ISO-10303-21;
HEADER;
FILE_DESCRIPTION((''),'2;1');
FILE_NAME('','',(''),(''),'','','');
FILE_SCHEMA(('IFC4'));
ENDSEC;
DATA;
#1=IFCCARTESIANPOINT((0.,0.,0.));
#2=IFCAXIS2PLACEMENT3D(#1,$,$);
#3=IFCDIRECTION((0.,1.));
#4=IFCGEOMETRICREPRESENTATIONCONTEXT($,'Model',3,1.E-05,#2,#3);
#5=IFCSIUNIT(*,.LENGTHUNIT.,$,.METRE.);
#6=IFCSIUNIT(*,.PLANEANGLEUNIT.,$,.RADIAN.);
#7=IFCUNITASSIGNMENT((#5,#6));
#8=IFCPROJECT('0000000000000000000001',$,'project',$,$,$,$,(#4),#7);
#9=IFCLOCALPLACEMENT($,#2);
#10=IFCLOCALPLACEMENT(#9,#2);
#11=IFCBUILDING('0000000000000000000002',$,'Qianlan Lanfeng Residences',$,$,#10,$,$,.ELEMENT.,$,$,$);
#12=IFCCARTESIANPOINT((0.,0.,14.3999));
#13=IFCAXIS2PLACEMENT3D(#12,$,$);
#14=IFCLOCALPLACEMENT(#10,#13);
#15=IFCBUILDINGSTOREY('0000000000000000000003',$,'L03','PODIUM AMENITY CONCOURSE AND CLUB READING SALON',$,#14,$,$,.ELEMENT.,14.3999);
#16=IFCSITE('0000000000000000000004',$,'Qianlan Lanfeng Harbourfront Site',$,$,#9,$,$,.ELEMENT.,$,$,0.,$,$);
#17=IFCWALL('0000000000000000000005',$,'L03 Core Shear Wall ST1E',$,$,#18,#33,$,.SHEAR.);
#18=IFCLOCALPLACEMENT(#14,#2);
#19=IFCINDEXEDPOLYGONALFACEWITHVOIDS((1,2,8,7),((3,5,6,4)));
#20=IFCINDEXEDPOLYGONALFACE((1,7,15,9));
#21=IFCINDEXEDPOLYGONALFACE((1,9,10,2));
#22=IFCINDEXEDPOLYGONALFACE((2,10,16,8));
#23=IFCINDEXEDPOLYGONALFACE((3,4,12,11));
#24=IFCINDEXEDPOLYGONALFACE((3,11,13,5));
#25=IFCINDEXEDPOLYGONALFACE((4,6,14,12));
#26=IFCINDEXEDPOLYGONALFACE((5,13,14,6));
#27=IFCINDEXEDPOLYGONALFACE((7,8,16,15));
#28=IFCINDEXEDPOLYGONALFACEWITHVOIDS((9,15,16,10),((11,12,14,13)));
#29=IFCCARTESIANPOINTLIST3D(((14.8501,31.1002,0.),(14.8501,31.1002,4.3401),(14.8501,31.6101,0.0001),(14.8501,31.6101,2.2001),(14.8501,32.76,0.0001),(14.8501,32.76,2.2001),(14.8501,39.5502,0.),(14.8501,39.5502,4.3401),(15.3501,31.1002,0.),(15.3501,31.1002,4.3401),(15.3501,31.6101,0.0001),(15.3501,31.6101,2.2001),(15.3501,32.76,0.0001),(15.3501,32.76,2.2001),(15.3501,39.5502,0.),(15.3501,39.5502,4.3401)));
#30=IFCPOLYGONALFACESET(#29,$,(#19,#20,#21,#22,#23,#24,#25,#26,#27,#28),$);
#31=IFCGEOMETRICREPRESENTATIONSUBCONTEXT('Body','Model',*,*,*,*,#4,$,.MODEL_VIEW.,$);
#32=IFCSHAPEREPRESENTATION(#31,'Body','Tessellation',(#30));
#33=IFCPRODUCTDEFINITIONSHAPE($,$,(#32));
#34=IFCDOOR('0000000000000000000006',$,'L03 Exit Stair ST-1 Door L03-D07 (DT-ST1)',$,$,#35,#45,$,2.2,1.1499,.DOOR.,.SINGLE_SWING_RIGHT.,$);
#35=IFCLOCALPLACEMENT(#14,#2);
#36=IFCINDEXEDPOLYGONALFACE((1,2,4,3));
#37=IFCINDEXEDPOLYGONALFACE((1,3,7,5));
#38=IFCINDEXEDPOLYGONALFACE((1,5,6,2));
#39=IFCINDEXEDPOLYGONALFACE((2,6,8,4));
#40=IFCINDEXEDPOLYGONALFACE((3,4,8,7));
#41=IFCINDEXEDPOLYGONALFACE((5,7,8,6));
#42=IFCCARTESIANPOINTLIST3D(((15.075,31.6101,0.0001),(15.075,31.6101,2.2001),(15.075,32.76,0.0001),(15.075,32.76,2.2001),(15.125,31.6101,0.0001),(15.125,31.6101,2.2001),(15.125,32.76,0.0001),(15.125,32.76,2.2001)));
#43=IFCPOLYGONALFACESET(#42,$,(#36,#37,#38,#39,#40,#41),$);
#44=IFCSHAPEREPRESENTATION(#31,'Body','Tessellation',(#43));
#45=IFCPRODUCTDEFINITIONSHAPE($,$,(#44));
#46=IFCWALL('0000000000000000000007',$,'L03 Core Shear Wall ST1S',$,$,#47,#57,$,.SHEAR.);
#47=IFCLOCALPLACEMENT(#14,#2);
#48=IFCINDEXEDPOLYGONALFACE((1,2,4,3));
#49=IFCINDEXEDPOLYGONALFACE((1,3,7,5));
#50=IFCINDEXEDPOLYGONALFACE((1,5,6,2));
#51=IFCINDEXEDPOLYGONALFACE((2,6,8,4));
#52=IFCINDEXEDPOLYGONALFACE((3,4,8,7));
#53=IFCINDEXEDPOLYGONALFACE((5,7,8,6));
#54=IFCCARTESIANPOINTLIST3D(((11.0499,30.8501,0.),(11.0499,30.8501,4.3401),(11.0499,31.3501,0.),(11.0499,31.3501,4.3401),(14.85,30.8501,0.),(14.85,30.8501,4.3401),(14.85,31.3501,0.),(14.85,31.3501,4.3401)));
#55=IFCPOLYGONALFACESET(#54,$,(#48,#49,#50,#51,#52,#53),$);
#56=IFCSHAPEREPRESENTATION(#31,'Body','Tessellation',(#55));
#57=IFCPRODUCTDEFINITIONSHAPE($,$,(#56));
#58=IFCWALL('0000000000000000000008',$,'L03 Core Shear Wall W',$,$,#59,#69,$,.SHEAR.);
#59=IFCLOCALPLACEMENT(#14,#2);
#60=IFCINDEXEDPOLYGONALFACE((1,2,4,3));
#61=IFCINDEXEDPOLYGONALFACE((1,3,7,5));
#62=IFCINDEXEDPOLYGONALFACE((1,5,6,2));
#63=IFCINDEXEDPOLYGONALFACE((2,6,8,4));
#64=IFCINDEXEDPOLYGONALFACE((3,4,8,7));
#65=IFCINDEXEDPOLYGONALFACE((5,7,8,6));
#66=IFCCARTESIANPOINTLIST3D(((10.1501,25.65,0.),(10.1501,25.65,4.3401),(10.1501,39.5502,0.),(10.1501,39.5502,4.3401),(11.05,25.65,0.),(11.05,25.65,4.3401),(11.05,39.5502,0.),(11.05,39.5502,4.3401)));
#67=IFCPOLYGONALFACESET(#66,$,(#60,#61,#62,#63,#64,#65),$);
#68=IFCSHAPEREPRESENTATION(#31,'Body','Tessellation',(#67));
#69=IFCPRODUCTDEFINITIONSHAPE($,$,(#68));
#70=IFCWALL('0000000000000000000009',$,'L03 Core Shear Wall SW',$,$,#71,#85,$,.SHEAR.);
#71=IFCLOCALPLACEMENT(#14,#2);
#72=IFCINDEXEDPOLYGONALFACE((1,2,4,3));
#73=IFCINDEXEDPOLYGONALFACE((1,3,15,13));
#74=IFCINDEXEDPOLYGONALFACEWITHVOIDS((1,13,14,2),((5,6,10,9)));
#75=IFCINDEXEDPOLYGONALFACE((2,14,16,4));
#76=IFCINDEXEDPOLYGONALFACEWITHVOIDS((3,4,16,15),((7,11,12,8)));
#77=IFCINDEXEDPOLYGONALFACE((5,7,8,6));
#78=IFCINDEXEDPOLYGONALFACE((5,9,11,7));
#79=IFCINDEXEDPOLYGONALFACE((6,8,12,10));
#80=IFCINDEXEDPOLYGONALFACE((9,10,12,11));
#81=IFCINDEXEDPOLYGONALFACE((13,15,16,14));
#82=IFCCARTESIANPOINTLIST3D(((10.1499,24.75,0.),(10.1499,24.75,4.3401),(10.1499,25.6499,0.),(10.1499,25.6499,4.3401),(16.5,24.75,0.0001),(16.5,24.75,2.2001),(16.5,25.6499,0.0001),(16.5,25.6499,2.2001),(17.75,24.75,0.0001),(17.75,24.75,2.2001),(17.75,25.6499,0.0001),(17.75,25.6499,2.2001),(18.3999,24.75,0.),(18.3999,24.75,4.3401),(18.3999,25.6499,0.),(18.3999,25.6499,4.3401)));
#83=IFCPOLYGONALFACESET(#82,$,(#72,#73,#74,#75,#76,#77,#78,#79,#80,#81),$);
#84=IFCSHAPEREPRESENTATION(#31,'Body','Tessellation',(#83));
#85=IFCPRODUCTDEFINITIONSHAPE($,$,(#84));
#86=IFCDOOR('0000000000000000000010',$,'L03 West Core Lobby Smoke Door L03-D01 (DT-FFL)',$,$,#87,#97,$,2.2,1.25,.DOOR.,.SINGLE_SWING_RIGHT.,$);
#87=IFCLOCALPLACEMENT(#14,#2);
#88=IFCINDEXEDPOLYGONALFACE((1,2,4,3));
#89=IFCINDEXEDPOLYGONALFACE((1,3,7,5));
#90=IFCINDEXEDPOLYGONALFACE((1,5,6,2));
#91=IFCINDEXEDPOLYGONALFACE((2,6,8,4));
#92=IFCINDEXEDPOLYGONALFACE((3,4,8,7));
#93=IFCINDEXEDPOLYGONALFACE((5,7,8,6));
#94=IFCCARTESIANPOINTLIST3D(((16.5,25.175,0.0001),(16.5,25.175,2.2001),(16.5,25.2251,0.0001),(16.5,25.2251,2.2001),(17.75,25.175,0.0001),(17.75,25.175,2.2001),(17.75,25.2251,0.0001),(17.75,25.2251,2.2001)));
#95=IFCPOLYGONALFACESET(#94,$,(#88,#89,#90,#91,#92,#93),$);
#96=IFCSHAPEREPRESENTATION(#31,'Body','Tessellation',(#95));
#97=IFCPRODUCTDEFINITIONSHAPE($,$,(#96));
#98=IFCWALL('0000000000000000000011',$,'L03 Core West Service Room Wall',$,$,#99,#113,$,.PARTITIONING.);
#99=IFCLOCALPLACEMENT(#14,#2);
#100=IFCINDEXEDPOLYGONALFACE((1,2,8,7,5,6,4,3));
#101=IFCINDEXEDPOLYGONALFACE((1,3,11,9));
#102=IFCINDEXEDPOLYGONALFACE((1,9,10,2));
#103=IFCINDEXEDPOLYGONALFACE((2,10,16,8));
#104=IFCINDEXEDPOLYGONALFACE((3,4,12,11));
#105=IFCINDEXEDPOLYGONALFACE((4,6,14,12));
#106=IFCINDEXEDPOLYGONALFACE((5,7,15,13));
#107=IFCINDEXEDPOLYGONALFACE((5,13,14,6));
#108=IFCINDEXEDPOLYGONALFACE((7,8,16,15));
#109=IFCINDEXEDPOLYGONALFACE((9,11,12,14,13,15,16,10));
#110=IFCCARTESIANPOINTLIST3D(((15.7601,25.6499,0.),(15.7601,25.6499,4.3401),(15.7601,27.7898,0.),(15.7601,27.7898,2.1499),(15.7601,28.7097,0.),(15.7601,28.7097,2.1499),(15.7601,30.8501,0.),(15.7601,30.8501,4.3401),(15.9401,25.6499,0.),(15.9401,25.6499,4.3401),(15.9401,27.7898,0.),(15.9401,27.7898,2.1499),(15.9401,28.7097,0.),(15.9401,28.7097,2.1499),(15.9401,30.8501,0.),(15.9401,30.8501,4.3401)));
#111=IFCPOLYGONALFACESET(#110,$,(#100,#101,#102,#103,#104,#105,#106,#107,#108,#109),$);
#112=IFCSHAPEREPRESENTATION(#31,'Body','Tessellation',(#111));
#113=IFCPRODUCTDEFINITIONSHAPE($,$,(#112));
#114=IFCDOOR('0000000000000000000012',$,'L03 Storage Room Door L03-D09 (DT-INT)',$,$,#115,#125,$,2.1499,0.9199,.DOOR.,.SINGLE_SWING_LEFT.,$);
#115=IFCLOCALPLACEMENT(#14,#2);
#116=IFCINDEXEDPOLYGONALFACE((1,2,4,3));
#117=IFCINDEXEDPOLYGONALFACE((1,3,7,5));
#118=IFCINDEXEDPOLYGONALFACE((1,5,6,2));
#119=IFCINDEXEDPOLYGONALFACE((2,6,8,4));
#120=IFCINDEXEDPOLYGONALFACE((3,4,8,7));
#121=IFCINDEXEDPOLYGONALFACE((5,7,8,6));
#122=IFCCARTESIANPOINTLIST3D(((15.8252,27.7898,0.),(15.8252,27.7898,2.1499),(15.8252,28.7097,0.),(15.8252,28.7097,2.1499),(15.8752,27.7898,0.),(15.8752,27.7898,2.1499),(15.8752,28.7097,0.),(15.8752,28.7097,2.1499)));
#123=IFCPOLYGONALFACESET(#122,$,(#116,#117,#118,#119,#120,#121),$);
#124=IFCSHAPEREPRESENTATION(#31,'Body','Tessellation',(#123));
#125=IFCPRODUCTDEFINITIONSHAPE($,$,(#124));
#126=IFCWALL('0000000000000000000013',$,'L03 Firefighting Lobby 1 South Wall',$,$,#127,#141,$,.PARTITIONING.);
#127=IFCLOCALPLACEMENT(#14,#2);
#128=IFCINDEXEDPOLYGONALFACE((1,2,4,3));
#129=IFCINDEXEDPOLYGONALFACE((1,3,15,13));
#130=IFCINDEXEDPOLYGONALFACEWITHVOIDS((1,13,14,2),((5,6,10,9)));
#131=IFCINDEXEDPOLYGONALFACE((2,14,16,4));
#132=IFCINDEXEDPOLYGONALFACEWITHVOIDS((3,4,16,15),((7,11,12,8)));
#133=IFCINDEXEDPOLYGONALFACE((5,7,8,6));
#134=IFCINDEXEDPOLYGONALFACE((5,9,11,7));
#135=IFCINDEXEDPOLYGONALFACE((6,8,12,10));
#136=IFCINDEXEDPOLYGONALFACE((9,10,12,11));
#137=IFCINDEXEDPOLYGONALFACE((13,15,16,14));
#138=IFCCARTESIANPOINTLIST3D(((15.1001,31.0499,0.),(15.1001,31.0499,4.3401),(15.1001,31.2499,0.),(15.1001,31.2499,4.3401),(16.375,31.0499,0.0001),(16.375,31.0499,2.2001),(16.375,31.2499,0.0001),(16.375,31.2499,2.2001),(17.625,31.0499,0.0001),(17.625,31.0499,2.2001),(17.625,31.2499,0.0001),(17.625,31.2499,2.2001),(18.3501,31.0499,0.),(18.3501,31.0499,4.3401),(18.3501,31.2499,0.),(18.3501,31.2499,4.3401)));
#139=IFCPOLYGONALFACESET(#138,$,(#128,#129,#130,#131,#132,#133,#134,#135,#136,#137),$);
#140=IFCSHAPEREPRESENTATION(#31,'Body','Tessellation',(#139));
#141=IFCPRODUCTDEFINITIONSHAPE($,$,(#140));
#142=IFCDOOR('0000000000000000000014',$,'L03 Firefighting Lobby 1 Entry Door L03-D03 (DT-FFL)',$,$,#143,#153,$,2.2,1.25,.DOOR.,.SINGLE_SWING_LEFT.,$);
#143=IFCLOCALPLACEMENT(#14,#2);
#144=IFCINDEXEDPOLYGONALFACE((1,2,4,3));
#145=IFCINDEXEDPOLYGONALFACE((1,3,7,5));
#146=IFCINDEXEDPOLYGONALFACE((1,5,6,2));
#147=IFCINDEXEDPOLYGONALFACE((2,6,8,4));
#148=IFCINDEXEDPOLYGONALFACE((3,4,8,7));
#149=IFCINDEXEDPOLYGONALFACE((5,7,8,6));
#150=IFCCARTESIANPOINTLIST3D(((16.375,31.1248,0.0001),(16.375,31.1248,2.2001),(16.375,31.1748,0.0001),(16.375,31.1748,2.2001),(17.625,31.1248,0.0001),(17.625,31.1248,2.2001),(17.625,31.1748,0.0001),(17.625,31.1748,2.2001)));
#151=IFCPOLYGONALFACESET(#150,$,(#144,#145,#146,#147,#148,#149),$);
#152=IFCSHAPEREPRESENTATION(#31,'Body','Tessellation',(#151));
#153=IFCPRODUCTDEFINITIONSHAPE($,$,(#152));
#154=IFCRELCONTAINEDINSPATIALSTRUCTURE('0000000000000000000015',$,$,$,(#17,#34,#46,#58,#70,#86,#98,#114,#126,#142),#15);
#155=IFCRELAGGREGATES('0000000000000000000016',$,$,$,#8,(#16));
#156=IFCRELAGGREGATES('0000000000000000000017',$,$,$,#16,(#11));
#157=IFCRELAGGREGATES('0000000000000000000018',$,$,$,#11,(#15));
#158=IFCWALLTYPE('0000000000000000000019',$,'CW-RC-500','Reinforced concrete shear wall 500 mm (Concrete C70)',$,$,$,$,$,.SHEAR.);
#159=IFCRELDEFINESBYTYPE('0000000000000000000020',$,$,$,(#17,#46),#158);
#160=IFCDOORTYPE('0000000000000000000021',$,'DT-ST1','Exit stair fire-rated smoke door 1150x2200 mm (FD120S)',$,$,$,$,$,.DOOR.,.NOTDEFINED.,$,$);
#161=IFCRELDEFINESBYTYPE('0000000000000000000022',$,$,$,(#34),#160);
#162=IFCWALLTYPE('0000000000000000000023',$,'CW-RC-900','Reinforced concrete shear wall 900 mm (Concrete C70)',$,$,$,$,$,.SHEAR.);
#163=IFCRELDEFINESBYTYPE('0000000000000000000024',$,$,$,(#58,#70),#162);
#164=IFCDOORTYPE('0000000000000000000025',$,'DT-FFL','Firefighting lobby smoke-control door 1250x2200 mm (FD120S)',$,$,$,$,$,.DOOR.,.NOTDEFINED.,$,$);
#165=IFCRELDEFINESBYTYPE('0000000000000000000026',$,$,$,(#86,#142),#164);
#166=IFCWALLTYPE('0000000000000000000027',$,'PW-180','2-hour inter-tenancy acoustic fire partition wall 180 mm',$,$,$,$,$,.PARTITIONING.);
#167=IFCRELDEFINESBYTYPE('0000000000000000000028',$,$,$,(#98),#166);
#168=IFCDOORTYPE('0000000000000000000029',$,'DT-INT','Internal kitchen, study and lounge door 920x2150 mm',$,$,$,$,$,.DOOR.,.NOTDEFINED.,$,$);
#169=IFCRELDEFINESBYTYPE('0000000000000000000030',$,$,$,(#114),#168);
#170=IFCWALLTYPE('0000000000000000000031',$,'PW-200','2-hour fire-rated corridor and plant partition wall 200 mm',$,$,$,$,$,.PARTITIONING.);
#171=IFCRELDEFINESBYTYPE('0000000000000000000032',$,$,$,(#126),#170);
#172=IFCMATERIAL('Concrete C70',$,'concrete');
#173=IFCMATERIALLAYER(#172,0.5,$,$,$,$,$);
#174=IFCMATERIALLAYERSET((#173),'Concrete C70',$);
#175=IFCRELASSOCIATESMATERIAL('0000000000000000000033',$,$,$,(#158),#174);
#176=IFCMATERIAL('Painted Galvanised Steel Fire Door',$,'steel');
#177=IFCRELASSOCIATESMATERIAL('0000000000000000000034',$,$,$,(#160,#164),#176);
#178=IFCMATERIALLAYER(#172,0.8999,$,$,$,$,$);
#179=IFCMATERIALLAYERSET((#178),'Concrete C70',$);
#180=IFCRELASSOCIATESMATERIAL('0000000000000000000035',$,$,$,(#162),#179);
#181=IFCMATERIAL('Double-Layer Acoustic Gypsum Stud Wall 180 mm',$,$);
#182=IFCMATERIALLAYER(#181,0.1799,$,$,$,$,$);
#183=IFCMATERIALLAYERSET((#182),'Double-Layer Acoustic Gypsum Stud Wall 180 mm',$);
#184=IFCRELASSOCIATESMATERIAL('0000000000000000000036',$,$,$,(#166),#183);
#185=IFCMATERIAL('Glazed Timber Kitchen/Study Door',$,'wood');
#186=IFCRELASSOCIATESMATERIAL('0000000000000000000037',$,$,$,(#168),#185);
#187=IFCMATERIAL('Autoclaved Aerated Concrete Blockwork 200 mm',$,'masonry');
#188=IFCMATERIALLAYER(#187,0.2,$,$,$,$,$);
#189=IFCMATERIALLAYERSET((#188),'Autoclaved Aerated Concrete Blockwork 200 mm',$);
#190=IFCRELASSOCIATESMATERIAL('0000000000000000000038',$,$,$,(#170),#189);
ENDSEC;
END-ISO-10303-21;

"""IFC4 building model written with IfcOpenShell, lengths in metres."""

from ifc_helpers import new_model, si_unit, direction, frame, frame_2d, origin, place, context, subcontext, project, spatial, rectangle, extrude, material, layer, layer_set, type_object, element, fill, save


model = new_model("IFC4")

# Units and contexts
model_context = context("Model", 3, precision=1e-05, world=origin(), true_north=direction((0.0, 1.0)))
body_context = subcontext(model_context, "Body", "Model", "MODEL_VIEW")
ifc_project = project(units=[si_unit("LENGTHUNIT", "METRE"), si_unit("PLANEANGLEUNIT", "RADIAN")], contexts=[model_context])

# Site, building, storey
site_placement = place(None, origin())
site = spatial("IfcSite", under=ifc_project, at=site_placement, Name="Qianlan Lanfeng Harbourfront Site", CompositionType="ELEMENT", RefElevation=0.0)
building_placement = place(site_placement, origin())
building = spatial("IfcBuilding", under=site, at=building_placement, Name="Qianlan Lanfeng Residences", CompositionType="ELEMENT")
storey_placement = place(building_placement, frame((0.0, 0.0, 14.3999)))
storey = spatial("IfcBuildingStorey", under=building, at=storey_placement, Name="L03", Description="PODIUM AMENITY CONCOURSE AND CLUB READING SALON", CompositionType="ELEMENT", Elevation=14.3999)

# Wall, opening, door
ifc_material_1 = material(Name="Concrete C70", Category="concrete")
ifc_layer_1 = layer(ifc_material_1, 0.5)
ifc_layer_set_1 = layer_set([ifc_layer_1], Name="Concrete C70")
wall_type_1 = type_object("IfcWallType", Name="CW-RC-500", Description="Reinforced concrete shear wall 500 mm (Concrete C70)", PredefinedType="SHEAR", material=ifc_layer_set_1)
wall_1_placement = place(storey_placement, frame((15.1001, 31.1001, 0.0), z_axis=(0.0, 0.0, 1.0), x_axis=(0.0, 1.0, 0.0)))
wall_1 = element("IfcWall", 1, at=wall_1_placement, inside=storey, type_object=wall_type_1, Name="L03 Core Shear Wall ST1E", PredefinedType="SHEAR", context=body_context, shape_type="SweptSolid", body=[
    extrude(rectangle(XDim=8.45, YDim=0.5, at=frame_2d((4.2251, 0.0))), origin(), (0.0, 0.0, 1.0), 4.3401),
])
opening_1_placement = place(wall_1_placement, frame((0.51, 0.0, 0.0)))
opening_1 = element("IfcOpeningElement", 2, at=opening_1_placement, cuts=wall_1, PredefinedType="OPENING", context=body_context, shape_type="SweptSolid", body=[
    extrude(rectangle(XDim=1.1499, YDim=2.2, at=frame_2d((0.575, 1.1001))), frame((0.0, 0.26, 0.0), z_axis=(0.0, -1.0, 0.0), x_axis=(1.0, 0.0, 0.0)), (0.0, 0.0, 1.0), 0.52),
])
ifc_material_2 = material(Name="Painted Galvanised Steel Fire Door", Category="steel")
door_type_1 = type_object("IfcDoorType", Name="DT-ST1", Description="Exit stair fire-rated smoke door 1150x2200 mm (FD120S)", OperationType="NOTDEFINED", PredefinedType="DOOR", material=ifc_material_2)
door_1_placement = place(opening_1_placement, frame((1.1499, 0.0, 0.0), z_axis=(0.0, 0.0, 1.0), x_axis=(-1.0, 0.0, 0.0)))
door_1 = element("IfcDoor", 3, at=door_1_placement, inside=storey, type_object=door_type_1, Name="L03 Exit Stair ST-1 Door L03-D07 (DT-ST1)", OperationType="SINGLE_SWING_RIGHT", OverallHeight=2.2, OverallWidth=1.1499, PredefinedType="DOOR", context=body_context, shape_type="SweptSolid", body=[
    extrude(rectangle(XDim=1.1499, YDim=2.2, at=frame_2d((0.575, 1.1001))), frame((0.0, 0.0249, 0.0), z_axis=(0.0, -1.0, 0.0), x_axis=(1.0, 0.0, 0.0)), (0.0, 0.0, 1.0), 0.05),
])
fill(opening_1, door_1)

# Wall
wall_2_placement = place(storey_placement, frame((11.05, 31.1001, 0.0), z_axis=(0.0, 0.0, 1.0), x_axis=(1.0, 0.0, 0.0)))
element("IfcWall", 4, at=wall_2_placement, inside=storey, type_object=wall_type_1, Name="L03 Core Shear Wall ST1S", PredefinedType="SHEAR", context=body_context, shape_type="SweptSolid", body=[
    extrude(rectangle(XDim=3.8, YDim=0.5, at=frame_2d((1.8999, 0.0))), origin(), (0.0, 0.0, 1.0), 4.3401),
])

# Wall
ifc_layer_2 = layer(ifc_material_1, 0.8999)
ifc_layer_set_2 = layer_set([ifc_layer_2], Name="Concrete C70")
wall_type_2 = type_object("IfcWallType", Name="CW-RC-900", Description="Reinforced concrete shear wall 900 mm (Concrete C70)", PredefinedType="SHEAR", material=ifc_layer_set_2)
wall_3_placement = place(storey_placement, frame((10.6001, 25.6499, 0.0), z_axis=(0.0, 0.0, 1.0), x_axis=(0.0, 1.0, 0.0)))
element("IfcWall", 5, at=wall_3_placement, inside=storey, type_object=wall_type_2, Name="L03 Core Shear Wall W", PredefinedType="SHEAR", context=body_context, shape_type="SweptSolid", body=[
    extrude(rectangle(XDim=13.9001, YDim=0.8999, at=frame_2d((6.9502, 0.0))), origin(), (0.0, 0.0, 1.0), 4.3401),
])

# Walls, openings, doors
wall_4_placement = place(storey_placement, frame((10.1499, 25.2, 0.0), z_axis=(0.0, 0.0, 1.0), x_axis=(1.0, 0.0, 0.0)))
wall_4 = element("IfcWall", 6, at=wall_4_placement, inside=storey, type_object=wall_type_2, Name="L03 Core Shear Wall SW", PredefinedType="SHEAR", context=body_context, shape_type="SweptSolid", body=[
    extrude(rectangle(XDim=8.25, YDim=0.8999, at=frame_2d((4.125, 0.0))), origin(), (0.0, 0.0, 1.0), 4.3401),
])
opening_2_placement = place(wall_4_placement, frame((6.3501, 0.0, 0.0)))
opening_2 = element("IfcOpeningElement", 7, at=opening_2_placement, cuts=wall_4, PredefinedType="OPENING", context=body_context, shape_type="SweptSolid", body=[
    extrude(rectangle(XDim=1.25, YDim=2.2, at=frame_2d((0.625, 1.1001))), frame((0.0, 0.46, 0.0), z_axis=(0.0, -1.0, 0.0), x_axis=(1.0, 0.0, 0.0)), (0.0, 0.0, 1.0), 0.9199),
])
door_type_2 = type_object("IfcDoorType", Name="DT-FFL", Description="Firefighting lobby smoke-control door 1250x2200 mm (FD120S)", OperationType="NOTDEFINED", PredefinedType="DOOR", material=ifc_material_2)
door_2_placement = place(opening_2_placement, frame((1.25, 0.0, 0.0), z_axis=(0.0, 0.0, 1.0), x_axis=(-1.0, 0.0, 0.0)))
door_2 = element("IfcDoor", 8, at=door_2_placement, inside=storey, type_object=door_type_2, Name="L03 West Core Lobby Smoke Door L03-D01 (DT-FFL)", OperationType="SINGLE_SWING_RIGHT", OverallHeight=2.2, OverallWidth=1.25, PredefinedType="DOOR", context=body_context, shape_type="SweptSolid", body=[
    extrude(rectangle(XDim=1.25, YDim=2.2, at=frame_2d((0.625, 1.1001))), frame((0.0, 0.0249, 0.0), z_axis=(0.0, -1.0, 0.0), x_axis=(1.0, 0.0, 0.0)), (0.0, 0.0, 1.0), 0.05),
])
fill(opening_2, door_2)
ifc_material_3 = material(Name="Double-Layer Acoustic Gypsum Stud Wall 180 mm")
ifc_layer_3 = layer(ifc_material_3, 0.1799)
ifc_layer_set_3 = layer_set([ifc_layer_3], Name="Double-Layer Acoustic Gypsum Stud Wall 180 mm")
wall_type_3 = type_object("IfcWallType", Name="PW-180", Description="2-hour inter-tenancy acoustic fire partition wall 180 mm", PredefinedType="PARTITIONING", material=ifc_layer_set_3)
wall_5_placement = place(storey_placement, frame((15.8501, 25.6499, 0.0), z_axis=(0.0, 0.0, 1.0), x_axis=(0.0, 1.0, 0.0)))
wall_5 = element("IfcWall", 9, at=wall_5_placement, inside=storey, type_object=wall_type_3, Name="L03 Core West Service Room Wall", PredefinedType="PARTITIONING", context=body_context, shape_type="SweptSolid", body=[
    extrude(rectangle(XDim=5.2002, YDim=0.1799, at=frame_2d((2.6001, 0.0))), origin(), (0.0, 0.0, 1.0), 4.3401),
])
opening_3_placement = place(wall_5_placement, frame((2.1399, 0.0, 0.0)))
opening_3 = element("IfcOpeningElement", 10, at=opening_3_placement, cuts=wall_5, PredefinedType="OPENING", context=body_context, shape_type="SweptSolid", body=[
    extrude(rectangle(XDim=0.9199, YDim=2.1499, at=frame_2d((0.46, 1.075))), frame((0.0, 0.1001, 0.0), z_axis=(0.0, -1.0, 0.0), x_axis=(1.0, 0.0, 0.0)), (0.0, 0.0, 1.0), 0.2),
])
ifc_material_4 = material(Name="Glazed Timber Kitchen/Study Door", Category="wood")
door_type_3 = type_object("IfcDoorType", Name="DT-INT", Description="Internal kitchen, study and lounge door 920x2150 mm", OperationType="NOTDEFINED", PredefinedType="DOOR", material=ifc_material_4)
door_3_placement = place(opening_3_placement, origin())
door_3 = element("IfcDoor", 11, at=door_3_placement, inside=storey, type_object=door_type_3, Name="L03 Storage Room Door L03-D09 (DT-INT)", OperationType="SINGLE_SWING_LEFT", OverallHeight=2.1499, OverallWidth=0.9199, PredefinedType="DOOR", context=body_context, shape_type="SweptSolid", body=[
    extrude(rectangle(XDim=0.9199, YDim=2.1499, at=frame_2d((0.46, 1.075))), frame((0.0, 0.0249, 0.0), z_axis=(0.0, -1.0, 0.0), x_axis=(1.0, 0.0, 0.0)), (0.0, 0.0, 1.0), 0.05),
])
fill(opening_3, door_3)
ifc_material_5 = material(Name="Autoclaved Aerated Concrete Blockwork 200 mm", Category="masonry")
ifc_layer_4 = layer(ifc_material_5, 0.2)
ifc_layer_set_4 = layer_set([ifc_layer_4], Name="Autoclaved Aerated Concrete Blockwork 200 mm")
wall_type_4 = type_object("IfcWallType", Name="PW-200", Description="2-hour fire-rated corridor and plant partition wall 200 mm", PredefinedType="PARTITIONING", material=ifc_layer_set_4)
wall_6_placement = place(storey_placement, frame((15.1001, 31.1499, 0.0), z_axis=(0.0, 0.0, 1.0), x_axis=(1.0, 0.0, 0.0)))
wall_6 = element("IfcWall", 12, at=wall_6_placement, inside=storey, type_object=wall_type_4, Name="L03 Firefighting Lobby 1 South Wall", PredefinedType="PARTITIONING", context=body_context, shape_type="SweptSolid", body=[
    extrude(rectangle(XDim=3.25, YDim=0.2, at=frame_2d((1.625, 0.0))), origin(), (0.0, 0.0, 1.0), 4.3401),
])
opening_4_placement = place(wall_6_placement, frame((1.2749, 0.0, 0.0)))
opening_4 = element("IfcOpeningElement", 13, at=opening_4_placement, cuts=wall_6, PredefinedType="OPENING", context=body_context, shape_type="SweptSolid", body=[
    extrude(rectangle(XDim=1.25, YDim=2.2, at=frame_2d((0.625, 1.1001))), frame((0.0, 0.1099, 0.0), z_axis=(0.0, -1.0, 0.0), x_axis=(1.0, 0.0, 0.0)), (0.0, 0.0, 1.0), 0.22),
])
door_4_placement = place(opening_4_placement, origin())
door_4 = element("IfcDoor", 14, at=door_4_placement, inside=storey, type_object=door_type_2, Name="L03 Firefighting Lobby 1 Entry Door L03-D03 (DT-FFL)", OperationType="SINGLE_SWING_LEFT", OverallHeight=2.2, OverallWidth=1.25, PredefinedType="DOOR", context=body_context, shape_type="SweptSolid", body=[
    extrude(rectangle(XDim=1.25, YDim=2.2, at=frame_2d((0.625, 1.1001))), frame((0.0, 0.0249, 0.0), z_axis=(0.0, -1.0, 0.0), x_axis=(1.0, 0.0, 0.0)), (0.0, 0.0, 1.0), 0.05),
])
fill(opening_4, door_4)

save(model, "model.ifc")
